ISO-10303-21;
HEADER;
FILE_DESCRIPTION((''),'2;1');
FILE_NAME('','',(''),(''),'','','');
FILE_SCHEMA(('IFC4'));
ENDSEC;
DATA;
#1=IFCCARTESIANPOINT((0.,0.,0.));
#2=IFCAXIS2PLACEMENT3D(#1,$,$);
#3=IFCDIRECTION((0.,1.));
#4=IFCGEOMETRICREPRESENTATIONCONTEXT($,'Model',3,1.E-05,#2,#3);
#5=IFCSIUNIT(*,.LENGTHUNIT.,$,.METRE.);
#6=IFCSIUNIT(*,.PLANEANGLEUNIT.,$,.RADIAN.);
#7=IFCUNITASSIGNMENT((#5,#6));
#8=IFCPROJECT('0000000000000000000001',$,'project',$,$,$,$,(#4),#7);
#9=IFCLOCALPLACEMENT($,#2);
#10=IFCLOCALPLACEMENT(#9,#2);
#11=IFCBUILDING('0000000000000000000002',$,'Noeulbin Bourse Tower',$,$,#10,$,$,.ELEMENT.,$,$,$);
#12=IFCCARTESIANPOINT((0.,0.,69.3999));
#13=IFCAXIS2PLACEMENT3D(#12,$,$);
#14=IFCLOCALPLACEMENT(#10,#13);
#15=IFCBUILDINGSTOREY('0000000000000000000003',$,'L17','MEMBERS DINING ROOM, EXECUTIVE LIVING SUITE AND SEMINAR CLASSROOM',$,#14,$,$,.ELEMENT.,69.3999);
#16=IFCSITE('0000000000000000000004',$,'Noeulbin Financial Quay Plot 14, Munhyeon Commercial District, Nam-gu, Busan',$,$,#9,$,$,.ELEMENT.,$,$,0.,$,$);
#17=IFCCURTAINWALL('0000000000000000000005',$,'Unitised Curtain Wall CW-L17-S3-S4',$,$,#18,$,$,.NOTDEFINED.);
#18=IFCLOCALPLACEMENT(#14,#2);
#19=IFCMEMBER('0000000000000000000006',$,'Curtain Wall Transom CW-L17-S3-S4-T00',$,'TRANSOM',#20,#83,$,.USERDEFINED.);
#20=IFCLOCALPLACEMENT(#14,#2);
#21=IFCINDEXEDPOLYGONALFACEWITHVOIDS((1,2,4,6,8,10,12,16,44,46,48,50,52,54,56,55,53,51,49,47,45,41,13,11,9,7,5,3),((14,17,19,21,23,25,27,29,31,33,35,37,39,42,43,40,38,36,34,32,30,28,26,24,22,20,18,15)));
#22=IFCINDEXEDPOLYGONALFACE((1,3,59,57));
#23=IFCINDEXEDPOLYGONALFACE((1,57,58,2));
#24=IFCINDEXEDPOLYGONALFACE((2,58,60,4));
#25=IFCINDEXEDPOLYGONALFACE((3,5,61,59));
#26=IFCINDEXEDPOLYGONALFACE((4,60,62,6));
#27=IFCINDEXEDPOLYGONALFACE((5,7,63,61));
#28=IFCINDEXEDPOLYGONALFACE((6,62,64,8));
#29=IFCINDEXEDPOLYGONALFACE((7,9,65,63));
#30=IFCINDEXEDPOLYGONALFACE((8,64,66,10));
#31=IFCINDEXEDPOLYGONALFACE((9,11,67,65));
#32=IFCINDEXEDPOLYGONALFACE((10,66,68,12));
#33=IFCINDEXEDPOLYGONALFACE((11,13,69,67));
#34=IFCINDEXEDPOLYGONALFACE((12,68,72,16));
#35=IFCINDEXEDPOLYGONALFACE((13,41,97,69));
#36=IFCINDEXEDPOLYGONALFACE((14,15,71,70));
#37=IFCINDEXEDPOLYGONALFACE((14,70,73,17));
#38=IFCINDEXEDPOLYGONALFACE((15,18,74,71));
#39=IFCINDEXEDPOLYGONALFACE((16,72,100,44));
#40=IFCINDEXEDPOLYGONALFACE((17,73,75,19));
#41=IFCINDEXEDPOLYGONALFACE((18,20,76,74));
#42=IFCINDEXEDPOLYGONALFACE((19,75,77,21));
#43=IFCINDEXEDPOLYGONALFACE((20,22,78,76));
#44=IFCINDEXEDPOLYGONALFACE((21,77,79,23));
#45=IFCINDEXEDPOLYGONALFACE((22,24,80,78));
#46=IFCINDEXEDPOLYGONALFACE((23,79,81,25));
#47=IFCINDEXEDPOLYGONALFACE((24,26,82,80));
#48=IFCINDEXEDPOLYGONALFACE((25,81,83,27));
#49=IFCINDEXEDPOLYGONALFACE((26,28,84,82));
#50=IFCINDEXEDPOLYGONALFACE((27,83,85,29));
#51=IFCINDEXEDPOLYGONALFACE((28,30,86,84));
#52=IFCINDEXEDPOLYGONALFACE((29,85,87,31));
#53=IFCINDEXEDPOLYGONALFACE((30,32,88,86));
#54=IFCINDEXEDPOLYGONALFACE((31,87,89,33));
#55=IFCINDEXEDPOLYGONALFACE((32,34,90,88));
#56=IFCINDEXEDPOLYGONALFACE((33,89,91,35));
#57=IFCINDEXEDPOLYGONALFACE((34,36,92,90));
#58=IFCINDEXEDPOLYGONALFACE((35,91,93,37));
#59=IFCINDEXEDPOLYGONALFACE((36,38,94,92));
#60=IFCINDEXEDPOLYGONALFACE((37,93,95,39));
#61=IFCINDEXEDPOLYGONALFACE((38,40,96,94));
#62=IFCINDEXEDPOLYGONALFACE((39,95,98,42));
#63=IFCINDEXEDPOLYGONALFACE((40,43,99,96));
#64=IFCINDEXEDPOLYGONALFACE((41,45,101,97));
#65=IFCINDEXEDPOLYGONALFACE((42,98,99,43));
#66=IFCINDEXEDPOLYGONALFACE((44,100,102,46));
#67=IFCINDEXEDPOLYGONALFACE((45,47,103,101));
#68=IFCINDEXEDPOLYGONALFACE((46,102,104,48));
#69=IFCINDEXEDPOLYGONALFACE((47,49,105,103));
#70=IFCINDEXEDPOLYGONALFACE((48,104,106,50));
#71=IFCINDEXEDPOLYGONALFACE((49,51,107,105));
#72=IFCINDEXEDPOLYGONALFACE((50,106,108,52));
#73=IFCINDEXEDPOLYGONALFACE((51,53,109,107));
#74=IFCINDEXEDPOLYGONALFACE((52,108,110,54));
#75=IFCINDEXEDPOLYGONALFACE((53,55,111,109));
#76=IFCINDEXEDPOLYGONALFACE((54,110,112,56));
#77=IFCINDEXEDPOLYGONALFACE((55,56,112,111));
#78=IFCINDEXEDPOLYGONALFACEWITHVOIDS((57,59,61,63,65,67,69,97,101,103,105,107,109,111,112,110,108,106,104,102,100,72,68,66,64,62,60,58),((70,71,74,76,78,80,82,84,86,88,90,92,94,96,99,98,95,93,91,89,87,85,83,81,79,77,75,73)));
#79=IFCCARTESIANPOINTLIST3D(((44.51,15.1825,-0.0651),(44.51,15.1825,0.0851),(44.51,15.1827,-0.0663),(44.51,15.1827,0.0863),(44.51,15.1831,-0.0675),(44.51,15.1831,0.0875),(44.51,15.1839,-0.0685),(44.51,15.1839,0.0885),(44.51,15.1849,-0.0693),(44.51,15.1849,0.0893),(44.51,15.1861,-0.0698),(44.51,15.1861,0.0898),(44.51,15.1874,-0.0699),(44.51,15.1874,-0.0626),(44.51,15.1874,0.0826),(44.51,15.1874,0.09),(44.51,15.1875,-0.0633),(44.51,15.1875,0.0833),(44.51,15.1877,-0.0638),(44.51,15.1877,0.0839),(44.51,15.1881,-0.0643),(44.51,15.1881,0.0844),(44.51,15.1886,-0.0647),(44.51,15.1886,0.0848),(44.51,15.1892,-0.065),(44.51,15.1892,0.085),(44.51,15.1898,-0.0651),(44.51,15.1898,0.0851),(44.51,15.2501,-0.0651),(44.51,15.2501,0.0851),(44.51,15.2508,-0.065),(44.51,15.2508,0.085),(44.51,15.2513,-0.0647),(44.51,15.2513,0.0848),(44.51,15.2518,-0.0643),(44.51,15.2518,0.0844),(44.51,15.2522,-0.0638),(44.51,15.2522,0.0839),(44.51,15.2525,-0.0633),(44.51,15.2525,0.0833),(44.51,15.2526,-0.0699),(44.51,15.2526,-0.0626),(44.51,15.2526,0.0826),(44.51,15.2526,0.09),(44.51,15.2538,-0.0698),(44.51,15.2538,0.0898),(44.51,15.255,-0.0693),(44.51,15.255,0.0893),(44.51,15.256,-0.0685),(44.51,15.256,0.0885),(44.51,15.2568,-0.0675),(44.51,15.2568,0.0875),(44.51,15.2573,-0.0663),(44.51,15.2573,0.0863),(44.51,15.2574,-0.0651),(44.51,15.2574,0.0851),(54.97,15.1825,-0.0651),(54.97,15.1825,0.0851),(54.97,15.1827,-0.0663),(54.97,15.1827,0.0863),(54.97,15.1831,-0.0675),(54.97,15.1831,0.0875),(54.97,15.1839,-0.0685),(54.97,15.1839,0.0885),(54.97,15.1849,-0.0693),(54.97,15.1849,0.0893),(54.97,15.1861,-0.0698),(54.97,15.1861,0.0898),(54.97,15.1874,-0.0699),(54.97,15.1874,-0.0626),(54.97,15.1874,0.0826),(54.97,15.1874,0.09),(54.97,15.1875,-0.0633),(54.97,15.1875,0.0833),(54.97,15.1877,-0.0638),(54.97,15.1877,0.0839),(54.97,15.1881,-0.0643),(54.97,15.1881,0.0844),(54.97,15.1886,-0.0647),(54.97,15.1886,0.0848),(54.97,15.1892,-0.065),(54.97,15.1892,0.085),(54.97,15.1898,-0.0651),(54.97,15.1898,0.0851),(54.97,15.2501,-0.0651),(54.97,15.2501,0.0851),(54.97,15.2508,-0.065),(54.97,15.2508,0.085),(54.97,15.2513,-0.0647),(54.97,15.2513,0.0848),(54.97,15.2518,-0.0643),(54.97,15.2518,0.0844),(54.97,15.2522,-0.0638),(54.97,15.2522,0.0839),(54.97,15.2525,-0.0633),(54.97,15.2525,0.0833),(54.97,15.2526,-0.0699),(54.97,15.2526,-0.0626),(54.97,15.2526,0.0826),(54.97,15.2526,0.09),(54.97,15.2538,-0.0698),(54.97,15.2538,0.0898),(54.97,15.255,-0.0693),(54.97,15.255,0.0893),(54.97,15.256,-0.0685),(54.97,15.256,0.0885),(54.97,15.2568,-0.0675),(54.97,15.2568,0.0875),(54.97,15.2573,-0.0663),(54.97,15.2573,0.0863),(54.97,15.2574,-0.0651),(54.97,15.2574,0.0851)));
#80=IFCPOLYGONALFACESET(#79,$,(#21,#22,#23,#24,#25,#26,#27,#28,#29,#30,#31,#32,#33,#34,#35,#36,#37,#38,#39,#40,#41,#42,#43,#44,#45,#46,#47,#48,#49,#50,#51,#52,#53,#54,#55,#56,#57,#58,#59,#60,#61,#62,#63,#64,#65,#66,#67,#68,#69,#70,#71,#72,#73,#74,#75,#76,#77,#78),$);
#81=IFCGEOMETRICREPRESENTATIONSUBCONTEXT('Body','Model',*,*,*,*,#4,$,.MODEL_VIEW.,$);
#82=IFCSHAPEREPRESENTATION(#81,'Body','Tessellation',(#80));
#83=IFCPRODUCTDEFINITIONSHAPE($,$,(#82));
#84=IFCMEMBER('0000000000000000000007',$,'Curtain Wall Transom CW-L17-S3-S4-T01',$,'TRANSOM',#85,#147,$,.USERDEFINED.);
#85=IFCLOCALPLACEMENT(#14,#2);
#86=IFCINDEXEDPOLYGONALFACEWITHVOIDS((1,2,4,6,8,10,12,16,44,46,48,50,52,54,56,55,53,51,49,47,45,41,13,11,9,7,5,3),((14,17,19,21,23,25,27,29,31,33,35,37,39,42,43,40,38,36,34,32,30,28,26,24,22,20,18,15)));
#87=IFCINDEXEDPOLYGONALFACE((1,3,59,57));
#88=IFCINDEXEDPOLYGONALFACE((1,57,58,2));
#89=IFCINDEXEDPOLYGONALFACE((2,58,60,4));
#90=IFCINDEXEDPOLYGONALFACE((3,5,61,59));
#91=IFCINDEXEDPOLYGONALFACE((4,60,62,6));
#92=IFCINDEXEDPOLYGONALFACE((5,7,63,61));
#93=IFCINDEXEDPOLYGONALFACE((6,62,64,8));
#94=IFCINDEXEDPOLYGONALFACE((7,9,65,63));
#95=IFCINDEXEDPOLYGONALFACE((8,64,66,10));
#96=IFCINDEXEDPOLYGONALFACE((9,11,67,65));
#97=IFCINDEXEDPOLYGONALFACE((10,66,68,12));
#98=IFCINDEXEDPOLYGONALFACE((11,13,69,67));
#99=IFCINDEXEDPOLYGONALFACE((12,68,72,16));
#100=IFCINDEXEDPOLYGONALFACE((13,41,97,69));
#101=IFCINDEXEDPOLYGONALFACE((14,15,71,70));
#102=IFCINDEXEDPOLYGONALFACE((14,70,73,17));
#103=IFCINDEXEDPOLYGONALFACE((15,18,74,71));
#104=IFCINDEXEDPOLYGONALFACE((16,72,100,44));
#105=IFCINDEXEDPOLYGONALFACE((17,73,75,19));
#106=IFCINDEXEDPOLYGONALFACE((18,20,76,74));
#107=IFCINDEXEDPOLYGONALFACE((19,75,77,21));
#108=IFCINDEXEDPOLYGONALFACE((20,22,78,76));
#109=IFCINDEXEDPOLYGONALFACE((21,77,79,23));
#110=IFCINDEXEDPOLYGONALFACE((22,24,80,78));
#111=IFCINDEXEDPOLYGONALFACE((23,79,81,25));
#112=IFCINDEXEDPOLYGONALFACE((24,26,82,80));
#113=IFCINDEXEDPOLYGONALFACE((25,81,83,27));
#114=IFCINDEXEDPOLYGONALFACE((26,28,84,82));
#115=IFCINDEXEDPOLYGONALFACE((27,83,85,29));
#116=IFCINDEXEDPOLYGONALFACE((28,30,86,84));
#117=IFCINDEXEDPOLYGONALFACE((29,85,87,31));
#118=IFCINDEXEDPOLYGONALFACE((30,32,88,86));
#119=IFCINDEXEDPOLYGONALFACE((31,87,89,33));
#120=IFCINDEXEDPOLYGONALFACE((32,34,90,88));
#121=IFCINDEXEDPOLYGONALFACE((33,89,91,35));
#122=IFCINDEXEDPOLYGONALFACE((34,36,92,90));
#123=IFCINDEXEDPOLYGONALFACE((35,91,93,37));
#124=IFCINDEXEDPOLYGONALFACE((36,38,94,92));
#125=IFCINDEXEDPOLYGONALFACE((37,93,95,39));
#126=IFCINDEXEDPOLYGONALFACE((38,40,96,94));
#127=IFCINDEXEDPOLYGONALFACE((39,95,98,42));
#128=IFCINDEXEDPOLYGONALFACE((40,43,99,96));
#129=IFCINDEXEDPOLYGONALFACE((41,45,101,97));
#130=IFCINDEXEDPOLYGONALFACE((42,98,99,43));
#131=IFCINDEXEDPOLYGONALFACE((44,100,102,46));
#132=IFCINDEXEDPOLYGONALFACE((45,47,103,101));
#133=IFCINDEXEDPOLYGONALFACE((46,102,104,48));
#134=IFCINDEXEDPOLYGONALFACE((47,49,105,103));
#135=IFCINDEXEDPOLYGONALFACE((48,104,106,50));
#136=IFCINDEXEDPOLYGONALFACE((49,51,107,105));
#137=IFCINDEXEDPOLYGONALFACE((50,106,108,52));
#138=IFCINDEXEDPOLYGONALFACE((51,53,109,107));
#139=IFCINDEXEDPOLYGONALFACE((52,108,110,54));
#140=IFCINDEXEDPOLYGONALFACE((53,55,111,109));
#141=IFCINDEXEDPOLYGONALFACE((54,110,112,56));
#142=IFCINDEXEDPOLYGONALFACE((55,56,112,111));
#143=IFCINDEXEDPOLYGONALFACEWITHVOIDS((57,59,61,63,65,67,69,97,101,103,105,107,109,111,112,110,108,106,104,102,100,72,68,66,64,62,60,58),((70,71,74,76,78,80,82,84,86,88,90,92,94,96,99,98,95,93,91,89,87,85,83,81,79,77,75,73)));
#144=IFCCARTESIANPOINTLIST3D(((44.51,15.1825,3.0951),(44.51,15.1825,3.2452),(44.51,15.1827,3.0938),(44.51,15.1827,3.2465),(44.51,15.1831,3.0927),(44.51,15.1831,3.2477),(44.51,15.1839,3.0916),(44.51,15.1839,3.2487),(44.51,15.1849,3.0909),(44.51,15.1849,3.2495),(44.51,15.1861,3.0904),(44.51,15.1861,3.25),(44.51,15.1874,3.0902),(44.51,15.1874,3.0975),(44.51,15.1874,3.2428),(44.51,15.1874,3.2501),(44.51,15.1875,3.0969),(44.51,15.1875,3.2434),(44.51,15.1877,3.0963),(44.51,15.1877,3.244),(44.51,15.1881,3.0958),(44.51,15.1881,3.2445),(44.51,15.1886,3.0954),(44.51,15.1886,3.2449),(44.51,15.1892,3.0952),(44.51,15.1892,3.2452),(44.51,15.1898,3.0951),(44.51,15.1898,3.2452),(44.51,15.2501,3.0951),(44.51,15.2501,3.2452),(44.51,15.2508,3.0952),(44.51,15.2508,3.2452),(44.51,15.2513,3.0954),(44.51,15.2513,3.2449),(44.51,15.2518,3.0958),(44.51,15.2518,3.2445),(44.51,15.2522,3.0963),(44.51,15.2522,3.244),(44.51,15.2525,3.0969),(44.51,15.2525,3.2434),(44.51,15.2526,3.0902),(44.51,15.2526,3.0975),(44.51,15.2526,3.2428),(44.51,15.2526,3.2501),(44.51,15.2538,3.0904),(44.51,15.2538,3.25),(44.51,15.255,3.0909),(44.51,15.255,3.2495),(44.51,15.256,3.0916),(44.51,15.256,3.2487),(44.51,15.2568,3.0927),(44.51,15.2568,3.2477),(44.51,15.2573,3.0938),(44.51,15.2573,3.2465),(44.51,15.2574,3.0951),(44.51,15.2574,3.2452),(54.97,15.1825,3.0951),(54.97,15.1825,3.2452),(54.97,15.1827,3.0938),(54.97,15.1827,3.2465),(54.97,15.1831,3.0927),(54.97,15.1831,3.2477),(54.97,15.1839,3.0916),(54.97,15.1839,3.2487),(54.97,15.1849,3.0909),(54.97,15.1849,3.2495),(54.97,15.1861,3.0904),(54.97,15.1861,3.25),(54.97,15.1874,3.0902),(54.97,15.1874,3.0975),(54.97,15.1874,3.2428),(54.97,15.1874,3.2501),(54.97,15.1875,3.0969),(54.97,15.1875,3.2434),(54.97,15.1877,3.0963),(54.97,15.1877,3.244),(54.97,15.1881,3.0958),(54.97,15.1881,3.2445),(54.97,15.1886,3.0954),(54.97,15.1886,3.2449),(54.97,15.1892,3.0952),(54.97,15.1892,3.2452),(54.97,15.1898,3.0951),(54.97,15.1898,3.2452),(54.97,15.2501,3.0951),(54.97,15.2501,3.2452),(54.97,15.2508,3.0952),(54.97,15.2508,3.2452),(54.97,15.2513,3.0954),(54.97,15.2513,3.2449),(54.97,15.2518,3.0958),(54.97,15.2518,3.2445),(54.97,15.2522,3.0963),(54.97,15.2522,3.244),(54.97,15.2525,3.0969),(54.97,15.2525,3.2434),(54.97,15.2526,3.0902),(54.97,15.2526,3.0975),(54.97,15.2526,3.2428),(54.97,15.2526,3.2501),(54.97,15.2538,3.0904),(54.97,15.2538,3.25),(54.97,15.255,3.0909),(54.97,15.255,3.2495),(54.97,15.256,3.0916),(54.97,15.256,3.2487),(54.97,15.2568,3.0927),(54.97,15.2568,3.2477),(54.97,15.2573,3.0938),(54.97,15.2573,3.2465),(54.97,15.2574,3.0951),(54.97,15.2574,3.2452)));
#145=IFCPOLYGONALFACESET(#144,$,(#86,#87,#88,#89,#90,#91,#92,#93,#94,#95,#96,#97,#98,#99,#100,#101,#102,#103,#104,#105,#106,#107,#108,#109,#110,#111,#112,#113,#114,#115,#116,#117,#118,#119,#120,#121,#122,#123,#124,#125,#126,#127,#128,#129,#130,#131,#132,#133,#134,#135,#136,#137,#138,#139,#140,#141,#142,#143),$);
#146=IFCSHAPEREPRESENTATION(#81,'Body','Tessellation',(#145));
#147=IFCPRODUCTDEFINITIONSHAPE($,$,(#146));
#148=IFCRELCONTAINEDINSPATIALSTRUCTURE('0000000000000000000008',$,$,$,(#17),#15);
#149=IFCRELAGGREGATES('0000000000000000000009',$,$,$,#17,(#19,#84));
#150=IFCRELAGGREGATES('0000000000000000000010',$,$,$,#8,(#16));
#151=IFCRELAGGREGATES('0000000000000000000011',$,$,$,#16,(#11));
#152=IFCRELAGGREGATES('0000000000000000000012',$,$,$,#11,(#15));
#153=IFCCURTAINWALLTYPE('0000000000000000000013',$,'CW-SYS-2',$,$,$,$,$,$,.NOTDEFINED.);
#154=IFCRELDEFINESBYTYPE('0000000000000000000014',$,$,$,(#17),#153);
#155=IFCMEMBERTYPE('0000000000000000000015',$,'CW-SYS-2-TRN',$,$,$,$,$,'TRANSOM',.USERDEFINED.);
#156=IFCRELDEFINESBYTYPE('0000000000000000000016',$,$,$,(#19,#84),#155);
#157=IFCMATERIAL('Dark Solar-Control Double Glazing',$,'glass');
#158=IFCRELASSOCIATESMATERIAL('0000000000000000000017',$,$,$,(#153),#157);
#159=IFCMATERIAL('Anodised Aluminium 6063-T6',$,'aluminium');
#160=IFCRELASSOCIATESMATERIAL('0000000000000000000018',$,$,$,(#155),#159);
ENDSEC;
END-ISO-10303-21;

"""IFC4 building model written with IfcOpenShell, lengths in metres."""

from ifc_helpers import new_model, si_unit, direction, frame, origin, origin_2d, place, context, subcontext, project, spatial, hollow_rectangle, extrude, material, material_profile, profile_set, type_object, element, aggregate, save


model = new_model("IFC4")

# Units and contexts
model_context = context("Model", 3, precision=1e-05, world=origin(), true_north=direction((0.0, 1.0)))
body_context = subcontext(model_context, "Body", "Model", "MODEL_VIEW")
ifc_project = project(units=[si_unit("LENGTHUNIT", "METRE"), si_unit("PLANEANGLEUNIT", "RADIAN")], contexts=[model_context])

# Site, building, storey
site_placement = place(None, origin())
site = spatial("IfcSite", under=ifc_project, at=site_placement, Name="Noeulbin Financial Quay Plot 14, Munhyeon Commercial District, Nam-gu, Busan", CompositionType="ELEMENT", RefElevation=0.0)
building_placement = place(site_placement, origin())
building = spatial("IfcBuilding", under=site, at=building_placement, Name="Noeulbin Bourse Tower", CompositionType="ELEMENT")
storey_placement = place(building_placement, frame((0.0, 0.0, 69.3999)))
storey = spatial("IfcBuildingStorey", under=building, at=storey_placement, Name="L17", Description="MEMBERS DINING ROOM, EXECUTIVE LIVING SUITE AND SEMINAR CLASSROOM", CompositionType="ELEMENT", Elevation=69.3999)

# Curtain wall
ifc_material_1 = material(Name="Dark Solar-Control Double Glazing", Category="glass")
curtain_wall_type = type_object("IfcCurtainWallType", Name="CW-SYS-2", PredefinedType="NOTDEFINED", material=ifc_material_1)
curtain_wall_1_placement = place(storey_placement, origin())
curtain_wall_1 = element("IfcCurtainWall", 1, at=curtain_wall_1_placement, inside=storey, type_object=curtain_wall_type, Name="Unitised Curtain Wall CW-L17-S3-S4", PredefinedType="NOTDEFINED")
ifc_material_2 = material(Name="Anodised Aluminium 6063-T6", Category="aluminium")

# Members
ifc_material_profile_1 = material_profile(ifc_material_2, hollow_rectangle(XDim=0.075, YDim=0.1599, WallThickness=0.0049, InnerFilletRadius=0.0024, OuterFilletRadius=0.0049, at=origin_2d()), Name="ALU-TRAN-75x160x5", Category="LoadBearing")
ifc_profile_set_1 = profile_set([ifc_material_profile_1], Name="Anodised Aluminium 6063-T6")
member_type_1 = type_object("IfcMemberType", Name="CW-SYS-2-TRN", ElementType="TRANSOM", PredefinedType="USERDEFINED", material=ifc_profile_set_1)
member_1_placement = place(storey_placement, frame((44.51, 15.22, 0.01), z_axis=(1.0, 0.0, 0.0), x_axis=(0.0, 1.0, 0.0)))
member_1 = element("IfcMember", 2, at=member_1_placement, type_object=member_type_1, Name="Curtain Wall Transom CW-L17-S3-S4-T00", ObjectType="TRANSOM", PredefinedType="USERDEFINED", context=body_context, shape_type="SweptSolid", body=[
    extrude(hollow_rectangle(XDim=0.075, YDim=0.1599, WallThickness=0.0049, InnerFilletRadius=0.0024, OuterFilletRadius=0.0049, at=origin_2d()), origin(), (0.0, 0.0, 1.0), 10.46),
])
member_2_placement = place(storey_placement, frame((44.51, 15.22, 3.1702), z_axis=(1.0, 0.0, 0.0), x_axis=(0.0, 1.0, 0.0)))
member_2 = element("IfcMember", 3, at=member_2_placement, type_object=member_type_1, Name="Curtain Wall Transom CW-L17-S3-S4-T01", ObjectType="TRANSOM", PredefinedType="USERDEFINED", context=body_context, shape_type="SweptSolid", body=[
    extrude(hollow_rectangle(XDim=0.075, YDim=0.1599, WallThickness=0.0049, InnerFilletRadius=0.0024, OuterFilletRadius=0.0049, at=origin_2d()), origin(), (0.0, 0.0, 1.0), 10.46),
])

aggregate(curtain_wall_1, [member_1, member_2])

save(model, "model.ifc")
